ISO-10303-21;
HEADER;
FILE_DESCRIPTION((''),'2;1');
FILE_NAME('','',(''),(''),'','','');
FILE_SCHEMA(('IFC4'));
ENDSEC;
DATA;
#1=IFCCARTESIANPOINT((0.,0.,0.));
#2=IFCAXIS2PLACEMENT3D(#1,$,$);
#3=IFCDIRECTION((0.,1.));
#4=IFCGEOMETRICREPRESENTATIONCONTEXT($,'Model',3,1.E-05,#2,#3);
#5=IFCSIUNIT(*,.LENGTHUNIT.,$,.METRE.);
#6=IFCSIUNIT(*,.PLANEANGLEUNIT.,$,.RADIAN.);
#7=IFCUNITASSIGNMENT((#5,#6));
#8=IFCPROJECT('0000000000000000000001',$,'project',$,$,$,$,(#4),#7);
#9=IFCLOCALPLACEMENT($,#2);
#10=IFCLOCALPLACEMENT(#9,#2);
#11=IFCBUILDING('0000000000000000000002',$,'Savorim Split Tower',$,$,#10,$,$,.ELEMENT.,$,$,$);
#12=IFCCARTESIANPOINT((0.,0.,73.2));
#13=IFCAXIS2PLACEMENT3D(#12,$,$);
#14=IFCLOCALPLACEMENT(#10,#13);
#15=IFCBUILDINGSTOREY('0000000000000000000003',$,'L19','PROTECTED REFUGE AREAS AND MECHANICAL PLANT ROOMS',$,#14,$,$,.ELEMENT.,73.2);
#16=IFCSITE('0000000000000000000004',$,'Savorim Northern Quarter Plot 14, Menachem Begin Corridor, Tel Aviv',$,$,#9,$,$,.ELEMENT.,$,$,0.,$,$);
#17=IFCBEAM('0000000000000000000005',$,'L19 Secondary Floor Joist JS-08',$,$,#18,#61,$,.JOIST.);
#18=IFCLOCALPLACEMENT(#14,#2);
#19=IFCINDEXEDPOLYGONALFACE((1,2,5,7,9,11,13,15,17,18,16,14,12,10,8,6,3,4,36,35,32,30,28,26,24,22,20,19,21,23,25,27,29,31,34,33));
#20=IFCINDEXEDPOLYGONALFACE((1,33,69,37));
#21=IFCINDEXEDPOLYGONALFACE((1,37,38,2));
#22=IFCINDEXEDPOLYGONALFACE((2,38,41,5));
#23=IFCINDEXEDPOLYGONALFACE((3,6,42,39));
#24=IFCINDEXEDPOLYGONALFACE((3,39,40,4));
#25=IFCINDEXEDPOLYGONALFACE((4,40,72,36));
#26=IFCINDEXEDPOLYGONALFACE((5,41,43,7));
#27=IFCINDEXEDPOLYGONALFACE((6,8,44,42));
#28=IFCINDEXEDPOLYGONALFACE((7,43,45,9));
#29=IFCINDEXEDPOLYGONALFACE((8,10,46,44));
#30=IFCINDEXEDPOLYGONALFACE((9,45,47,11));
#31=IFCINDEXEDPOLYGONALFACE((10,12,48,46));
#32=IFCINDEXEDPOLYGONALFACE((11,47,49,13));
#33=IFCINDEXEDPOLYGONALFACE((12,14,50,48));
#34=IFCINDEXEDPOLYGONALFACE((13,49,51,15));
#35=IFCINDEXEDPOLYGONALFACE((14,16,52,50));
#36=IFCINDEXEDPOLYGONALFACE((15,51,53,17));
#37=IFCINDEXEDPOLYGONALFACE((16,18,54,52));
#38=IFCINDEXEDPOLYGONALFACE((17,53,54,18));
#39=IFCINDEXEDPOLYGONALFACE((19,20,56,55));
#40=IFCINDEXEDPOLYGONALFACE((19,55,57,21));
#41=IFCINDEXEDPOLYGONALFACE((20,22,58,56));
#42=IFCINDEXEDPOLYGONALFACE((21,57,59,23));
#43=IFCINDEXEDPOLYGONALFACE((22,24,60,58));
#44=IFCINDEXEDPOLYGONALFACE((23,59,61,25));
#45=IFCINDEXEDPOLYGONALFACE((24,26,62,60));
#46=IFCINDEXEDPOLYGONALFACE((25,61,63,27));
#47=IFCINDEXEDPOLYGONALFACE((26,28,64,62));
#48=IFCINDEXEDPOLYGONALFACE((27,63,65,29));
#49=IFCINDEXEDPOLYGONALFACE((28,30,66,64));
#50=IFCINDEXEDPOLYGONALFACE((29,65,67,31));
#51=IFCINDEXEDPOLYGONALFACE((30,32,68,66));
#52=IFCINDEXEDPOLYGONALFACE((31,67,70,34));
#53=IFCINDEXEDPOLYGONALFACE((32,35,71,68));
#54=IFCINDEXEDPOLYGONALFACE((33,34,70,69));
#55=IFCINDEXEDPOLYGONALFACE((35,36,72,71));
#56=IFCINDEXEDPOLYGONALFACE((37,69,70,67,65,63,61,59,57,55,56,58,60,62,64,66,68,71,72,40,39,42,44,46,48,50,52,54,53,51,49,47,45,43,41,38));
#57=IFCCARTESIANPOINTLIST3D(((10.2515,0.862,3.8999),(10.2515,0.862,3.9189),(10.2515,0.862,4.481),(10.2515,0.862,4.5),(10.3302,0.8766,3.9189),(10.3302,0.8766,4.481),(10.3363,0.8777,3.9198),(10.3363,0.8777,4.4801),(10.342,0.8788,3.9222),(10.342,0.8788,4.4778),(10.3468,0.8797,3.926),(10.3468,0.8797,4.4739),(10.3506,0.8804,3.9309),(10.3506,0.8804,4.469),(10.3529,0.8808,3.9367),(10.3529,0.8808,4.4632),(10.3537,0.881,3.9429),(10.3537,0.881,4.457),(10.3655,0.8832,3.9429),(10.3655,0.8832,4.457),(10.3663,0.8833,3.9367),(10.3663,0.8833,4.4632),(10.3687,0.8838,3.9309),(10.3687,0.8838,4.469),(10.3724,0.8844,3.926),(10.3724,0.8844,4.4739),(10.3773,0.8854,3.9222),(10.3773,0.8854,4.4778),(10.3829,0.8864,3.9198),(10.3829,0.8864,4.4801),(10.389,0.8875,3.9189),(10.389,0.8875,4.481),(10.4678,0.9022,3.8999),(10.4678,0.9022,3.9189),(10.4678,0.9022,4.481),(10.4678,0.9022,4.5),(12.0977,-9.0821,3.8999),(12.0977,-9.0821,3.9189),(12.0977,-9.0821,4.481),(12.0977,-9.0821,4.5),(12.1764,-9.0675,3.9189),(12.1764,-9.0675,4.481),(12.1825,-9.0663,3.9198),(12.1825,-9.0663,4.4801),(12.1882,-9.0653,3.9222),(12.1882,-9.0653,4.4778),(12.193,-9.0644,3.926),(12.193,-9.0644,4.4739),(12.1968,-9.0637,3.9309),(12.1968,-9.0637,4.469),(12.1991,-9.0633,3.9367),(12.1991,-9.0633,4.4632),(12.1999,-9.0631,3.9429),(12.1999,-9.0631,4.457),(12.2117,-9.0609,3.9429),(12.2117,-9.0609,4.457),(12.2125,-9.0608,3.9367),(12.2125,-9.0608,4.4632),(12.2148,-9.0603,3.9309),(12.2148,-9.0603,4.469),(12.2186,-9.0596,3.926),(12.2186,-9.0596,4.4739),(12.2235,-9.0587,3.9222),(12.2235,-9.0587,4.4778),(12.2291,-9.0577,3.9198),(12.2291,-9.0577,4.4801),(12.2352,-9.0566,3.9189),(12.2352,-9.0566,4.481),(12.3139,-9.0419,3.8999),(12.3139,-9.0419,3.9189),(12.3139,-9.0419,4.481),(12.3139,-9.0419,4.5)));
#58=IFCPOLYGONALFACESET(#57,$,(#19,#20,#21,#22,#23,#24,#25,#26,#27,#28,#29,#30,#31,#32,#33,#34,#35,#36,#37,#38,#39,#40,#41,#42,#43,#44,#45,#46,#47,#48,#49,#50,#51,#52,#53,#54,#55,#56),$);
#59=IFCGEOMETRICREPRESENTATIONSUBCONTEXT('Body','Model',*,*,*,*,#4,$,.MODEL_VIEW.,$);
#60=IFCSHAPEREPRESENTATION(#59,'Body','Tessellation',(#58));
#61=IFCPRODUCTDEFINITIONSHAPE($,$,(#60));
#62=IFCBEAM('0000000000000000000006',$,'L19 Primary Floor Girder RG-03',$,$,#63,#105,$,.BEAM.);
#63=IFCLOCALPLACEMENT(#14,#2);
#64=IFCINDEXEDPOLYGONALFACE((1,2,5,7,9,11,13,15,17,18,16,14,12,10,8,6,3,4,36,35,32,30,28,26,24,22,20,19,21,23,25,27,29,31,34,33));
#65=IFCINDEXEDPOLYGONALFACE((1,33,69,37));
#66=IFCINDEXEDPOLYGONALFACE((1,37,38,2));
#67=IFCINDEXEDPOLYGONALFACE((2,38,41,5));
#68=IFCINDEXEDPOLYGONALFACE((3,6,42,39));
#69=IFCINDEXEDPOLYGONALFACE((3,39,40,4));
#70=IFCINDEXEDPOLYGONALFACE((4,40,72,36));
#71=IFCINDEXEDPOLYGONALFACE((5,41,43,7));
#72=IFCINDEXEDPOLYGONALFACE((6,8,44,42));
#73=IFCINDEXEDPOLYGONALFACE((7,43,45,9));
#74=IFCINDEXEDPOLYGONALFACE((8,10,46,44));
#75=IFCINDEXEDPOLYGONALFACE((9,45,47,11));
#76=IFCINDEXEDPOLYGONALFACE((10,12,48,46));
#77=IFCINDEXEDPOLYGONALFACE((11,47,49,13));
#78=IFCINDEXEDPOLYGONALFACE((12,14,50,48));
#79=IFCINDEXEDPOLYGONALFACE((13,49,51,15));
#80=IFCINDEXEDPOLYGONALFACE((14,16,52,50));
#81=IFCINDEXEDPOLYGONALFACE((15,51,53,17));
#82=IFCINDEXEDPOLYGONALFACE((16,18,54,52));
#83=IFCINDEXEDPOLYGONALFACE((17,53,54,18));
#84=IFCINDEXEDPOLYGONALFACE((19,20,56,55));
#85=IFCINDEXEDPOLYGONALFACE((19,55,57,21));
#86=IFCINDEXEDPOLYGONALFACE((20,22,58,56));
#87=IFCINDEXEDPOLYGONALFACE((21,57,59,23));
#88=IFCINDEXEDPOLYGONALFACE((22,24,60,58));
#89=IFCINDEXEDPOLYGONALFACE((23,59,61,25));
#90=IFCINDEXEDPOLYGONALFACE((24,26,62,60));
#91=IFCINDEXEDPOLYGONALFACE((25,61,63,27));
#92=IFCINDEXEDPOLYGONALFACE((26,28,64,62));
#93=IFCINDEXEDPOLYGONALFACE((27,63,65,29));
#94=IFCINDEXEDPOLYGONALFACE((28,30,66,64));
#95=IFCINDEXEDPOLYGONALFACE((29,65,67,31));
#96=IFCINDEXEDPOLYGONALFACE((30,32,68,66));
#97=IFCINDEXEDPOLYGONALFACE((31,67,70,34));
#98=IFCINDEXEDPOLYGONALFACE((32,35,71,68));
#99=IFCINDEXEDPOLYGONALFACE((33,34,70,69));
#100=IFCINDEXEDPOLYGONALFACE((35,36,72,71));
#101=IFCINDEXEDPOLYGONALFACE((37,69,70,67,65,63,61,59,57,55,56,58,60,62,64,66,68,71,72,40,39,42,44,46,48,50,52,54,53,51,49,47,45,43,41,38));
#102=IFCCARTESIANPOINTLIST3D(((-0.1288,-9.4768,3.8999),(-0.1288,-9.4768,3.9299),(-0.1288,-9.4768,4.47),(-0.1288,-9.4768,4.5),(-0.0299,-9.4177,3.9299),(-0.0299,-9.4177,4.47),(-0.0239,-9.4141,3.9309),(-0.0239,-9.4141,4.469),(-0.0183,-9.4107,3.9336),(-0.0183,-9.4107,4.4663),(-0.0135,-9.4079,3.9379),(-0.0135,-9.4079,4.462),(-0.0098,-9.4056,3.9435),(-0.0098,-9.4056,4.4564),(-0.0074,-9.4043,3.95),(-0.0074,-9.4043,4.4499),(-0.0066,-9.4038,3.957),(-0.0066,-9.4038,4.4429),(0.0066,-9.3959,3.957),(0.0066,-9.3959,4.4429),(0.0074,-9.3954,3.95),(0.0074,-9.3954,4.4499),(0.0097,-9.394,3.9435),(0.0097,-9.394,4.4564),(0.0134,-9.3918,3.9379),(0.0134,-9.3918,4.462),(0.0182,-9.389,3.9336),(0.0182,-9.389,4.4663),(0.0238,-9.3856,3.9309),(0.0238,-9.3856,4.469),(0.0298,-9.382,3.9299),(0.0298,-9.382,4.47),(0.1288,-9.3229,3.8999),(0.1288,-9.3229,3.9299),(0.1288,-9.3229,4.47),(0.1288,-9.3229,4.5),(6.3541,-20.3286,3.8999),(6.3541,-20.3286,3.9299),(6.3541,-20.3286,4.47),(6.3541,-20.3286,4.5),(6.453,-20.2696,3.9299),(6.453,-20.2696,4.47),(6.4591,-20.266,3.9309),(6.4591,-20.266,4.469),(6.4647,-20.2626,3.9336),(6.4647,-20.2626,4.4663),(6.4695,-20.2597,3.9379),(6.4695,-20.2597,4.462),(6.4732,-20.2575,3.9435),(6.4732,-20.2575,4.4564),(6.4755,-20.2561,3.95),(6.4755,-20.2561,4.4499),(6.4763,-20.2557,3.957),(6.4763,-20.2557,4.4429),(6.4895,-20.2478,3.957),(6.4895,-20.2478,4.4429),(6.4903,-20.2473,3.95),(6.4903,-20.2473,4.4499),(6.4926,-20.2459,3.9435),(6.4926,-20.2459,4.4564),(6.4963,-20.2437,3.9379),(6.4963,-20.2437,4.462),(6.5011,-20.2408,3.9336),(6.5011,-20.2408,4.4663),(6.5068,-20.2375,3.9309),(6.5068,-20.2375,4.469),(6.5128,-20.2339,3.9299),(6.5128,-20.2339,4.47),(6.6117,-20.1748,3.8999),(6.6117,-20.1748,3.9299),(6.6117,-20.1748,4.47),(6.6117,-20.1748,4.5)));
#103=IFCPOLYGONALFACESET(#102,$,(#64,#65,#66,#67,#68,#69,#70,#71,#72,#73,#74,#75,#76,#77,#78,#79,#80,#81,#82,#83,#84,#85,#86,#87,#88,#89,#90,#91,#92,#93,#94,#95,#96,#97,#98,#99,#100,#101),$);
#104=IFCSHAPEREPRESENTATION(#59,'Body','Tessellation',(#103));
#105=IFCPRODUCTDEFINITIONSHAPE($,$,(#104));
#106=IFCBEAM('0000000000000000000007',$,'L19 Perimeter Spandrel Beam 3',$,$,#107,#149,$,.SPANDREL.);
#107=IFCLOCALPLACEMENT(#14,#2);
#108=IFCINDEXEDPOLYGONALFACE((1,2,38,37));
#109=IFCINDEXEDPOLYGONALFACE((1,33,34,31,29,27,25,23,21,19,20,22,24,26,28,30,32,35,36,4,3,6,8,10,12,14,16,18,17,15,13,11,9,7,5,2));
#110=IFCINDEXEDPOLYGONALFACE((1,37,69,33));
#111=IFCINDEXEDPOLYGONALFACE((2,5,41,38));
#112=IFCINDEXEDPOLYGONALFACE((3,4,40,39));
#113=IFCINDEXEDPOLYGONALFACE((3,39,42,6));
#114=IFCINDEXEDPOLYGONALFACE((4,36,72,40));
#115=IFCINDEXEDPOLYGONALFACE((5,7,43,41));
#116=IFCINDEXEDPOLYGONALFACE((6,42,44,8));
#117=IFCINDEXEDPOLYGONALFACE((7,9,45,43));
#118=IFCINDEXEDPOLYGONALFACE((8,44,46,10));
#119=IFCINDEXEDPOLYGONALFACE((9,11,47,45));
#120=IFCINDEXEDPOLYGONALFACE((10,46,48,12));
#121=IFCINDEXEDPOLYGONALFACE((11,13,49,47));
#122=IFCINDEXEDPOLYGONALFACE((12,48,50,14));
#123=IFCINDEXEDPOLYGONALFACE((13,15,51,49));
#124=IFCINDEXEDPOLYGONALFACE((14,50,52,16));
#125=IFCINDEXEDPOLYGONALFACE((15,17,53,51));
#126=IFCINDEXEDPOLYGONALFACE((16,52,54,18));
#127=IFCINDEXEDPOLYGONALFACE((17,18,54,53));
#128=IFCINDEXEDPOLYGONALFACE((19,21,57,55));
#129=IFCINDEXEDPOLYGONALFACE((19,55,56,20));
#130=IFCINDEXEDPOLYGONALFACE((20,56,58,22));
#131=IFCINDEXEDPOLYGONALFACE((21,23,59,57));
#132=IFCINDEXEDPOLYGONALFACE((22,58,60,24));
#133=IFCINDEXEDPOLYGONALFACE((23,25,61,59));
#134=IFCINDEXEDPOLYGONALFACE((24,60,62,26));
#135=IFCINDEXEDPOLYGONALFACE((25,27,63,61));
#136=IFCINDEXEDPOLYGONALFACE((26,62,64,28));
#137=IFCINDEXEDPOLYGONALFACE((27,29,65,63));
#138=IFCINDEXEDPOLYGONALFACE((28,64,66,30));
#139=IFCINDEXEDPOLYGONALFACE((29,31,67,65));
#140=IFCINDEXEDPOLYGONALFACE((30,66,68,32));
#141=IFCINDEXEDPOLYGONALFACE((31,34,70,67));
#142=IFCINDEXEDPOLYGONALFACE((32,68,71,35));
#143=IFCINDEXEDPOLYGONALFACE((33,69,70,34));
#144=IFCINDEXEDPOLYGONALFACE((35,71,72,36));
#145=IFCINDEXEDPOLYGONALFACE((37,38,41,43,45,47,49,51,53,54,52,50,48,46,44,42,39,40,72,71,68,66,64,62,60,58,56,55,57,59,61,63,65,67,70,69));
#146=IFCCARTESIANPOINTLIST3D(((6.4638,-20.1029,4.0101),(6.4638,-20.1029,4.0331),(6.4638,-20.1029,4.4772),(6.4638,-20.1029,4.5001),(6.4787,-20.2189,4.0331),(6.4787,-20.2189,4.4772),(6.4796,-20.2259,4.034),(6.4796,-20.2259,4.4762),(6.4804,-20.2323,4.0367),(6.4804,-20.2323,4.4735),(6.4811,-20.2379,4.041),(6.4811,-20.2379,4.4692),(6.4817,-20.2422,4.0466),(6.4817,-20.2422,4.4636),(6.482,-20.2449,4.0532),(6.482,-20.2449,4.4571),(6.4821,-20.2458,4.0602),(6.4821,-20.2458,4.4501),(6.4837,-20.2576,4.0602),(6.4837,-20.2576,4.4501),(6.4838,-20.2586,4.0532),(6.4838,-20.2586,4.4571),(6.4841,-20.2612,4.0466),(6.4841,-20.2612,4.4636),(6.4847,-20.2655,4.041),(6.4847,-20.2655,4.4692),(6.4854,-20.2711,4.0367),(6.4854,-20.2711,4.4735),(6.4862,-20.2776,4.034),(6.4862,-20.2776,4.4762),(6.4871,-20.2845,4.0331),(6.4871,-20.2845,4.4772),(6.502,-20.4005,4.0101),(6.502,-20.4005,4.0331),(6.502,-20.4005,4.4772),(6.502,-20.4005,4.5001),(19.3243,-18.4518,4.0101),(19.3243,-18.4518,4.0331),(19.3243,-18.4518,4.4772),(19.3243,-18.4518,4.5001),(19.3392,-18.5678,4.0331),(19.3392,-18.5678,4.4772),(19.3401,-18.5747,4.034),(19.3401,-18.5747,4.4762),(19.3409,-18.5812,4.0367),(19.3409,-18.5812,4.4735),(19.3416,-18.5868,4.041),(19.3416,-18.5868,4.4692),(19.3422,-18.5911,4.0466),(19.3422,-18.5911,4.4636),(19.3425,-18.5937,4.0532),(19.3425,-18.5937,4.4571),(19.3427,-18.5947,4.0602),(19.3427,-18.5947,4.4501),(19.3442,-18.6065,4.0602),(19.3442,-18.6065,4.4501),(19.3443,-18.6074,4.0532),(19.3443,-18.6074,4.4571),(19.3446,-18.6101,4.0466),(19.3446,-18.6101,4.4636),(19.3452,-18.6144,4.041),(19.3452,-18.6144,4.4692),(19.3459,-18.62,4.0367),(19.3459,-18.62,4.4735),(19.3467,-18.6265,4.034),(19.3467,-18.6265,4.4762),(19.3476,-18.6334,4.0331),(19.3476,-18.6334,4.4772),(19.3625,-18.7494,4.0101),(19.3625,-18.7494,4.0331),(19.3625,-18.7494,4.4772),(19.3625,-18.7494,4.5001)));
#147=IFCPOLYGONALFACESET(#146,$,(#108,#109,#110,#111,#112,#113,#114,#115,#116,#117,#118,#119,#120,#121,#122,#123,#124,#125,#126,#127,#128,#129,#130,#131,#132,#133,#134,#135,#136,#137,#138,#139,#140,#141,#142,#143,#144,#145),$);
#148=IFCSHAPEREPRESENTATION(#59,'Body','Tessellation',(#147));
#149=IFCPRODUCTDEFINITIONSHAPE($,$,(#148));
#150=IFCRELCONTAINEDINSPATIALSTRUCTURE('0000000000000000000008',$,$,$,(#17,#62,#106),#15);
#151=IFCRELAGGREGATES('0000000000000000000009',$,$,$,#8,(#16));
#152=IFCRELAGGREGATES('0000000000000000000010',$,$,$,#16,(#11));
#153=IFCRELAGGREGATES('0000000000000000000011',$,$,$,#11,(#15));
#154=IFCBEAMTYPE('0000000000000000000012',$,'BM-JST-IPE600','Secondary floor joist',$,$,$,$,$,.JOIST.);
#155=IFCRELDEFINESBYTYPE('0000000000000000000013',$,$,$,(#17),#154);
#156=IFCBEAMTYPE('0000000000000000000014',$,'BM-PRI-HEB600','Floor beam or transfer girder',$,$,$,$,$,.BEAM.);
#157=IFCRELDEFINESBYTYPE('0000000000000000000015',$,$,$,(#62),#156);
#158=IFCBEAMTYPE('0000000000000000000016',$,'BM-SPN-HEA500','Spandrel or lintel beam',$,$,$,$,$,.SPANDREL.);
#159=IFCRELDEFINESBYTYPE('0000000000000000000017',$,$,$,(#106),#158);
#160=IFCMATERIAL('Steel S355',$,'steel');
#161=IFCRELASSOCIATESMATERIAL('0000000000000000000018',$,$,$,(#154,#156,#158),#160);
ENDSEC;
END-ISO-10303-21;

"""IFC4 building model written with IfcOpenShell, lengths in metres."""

from ifc_helpers import new_model, si_unit, direction, frame, origin, origin_2d, place, context, subcontext, project, spatial, i_section, extrude, material, material_profile, profile_set, type_object, element, save


model = new_model("IFC4")

# Units and contexts
model_context = context("Model", 3, precision=1e-05, world=origin(), true_north=direction((0.0, 1.0)))
body_context = subcontext(model_context, "Body", "Model", "MODEL_VIEW")
ifc_project = project(units=[si_unit("LENGTHUNIT", "METRE"), si_unit("PLANEANGLEUNIT", "RADIAN")], contexts=[model_context])

# Site, building, storey
site_placement = place(None, origin())
site = spatial("IfcSite", under=ifc_project, at=site_placement, Name="Savorim Northern Quarter Plot 14, Menachem Begin Corridor, Tel Aviv", CompositionType="ELEMENT", RefElevation=0.0)
building_placement = place(site_placement, origin())
building = spatial("IfcBuilding", under=site, at=building_placement, Name="Savorim Split Tower", CompositionType="ELEMENT")
storey_placement = place(building_placement, frame((0.0, 0.0, 73.2)))
storey = spatial("IfcBuildingStorey", under=building, at=storey_placement, Name="L19", Description="PROTECTED REFUGE AREAS AND MECHANICAL PLANT ROOMS", CompositionType="ELEMENT", Elevation=73.2)

# Beams
ifc_material_1 = material(Name="Steel S355", Category="steel")
ifc_material_profile_1 = material_profile(ifc_material_1, i_section(OverallWidth=0.22, OverallDepth=0.6001, WebThickness=0.012, FlangeThickness=0.019, FilletRadius=0.0239, at=origin_2d()), Name="IPE 600")
ifc_profile_set_1 = profile_set([ifc_material_profile_1], Name="Steel S355")
beam_type_1 = type_object("IfcBeamType", Name="BM-JST-IPE600", Description="Secondary floor joist", PredefinedType="JOIST", material=ifc_profile_set_1)
beam_1_placement = place(storey_placement, frame((12.2058, -9.062, 4.2), z_axis=(-0.182538, 0.983199, 0.0), x_axis=(-0.983199, -0.182538, 0.0)))
element("IfcBeam", 1, at=beam_1_placement, inside=storey, type_object=beam_type_1, Name="L19 Secondary Floor Joist JS-08", PredefinedType="JOIST", context=body_context, shape_type="SweptSolid", body=[
    extrude(i_section(OverallWidth=0.22, OverallDepth=0.6001, WebThickness=0.012, FlangeThickness=0.019, FilletRadius=0.0239, at=origin_2d()), origin(), (0.0, 0.0, 1.0), 10.114),
])
ifc_material_profile_2 = material_profile(ifc_material_1, i_section(OverallWidth=0.3, OverallDepth=0.6001, WebThickness=0.0154, FlangeThickness=0.03, FilletRadius=0.0271, at=origin_2d()), Name="HEB 600")
ifc_profile_set_2 = profile_set([ifc_material_profile_2], Name="Steel S355")
beam_type_2 = type_object("IfcBeamType", Name="BM-PRI-HEB600", Description="Floor beam or transfer girder", PredefinedType="BEAM", material=ifc_profile_set_2)
beam_2_placement = place(storey_placement, frame((6.4829, -20.2517, 4.2), z_axis=(-0.512856, 0.858475, 0.0), x_axis=(-0.858475, -0.512856, 0.0)))
element("IfcBeam", 2, at=beam_2_placement, inside=storey, type_object=beam_type_2, Name="L19 Primary Floor Girder RG-03", PredefinedType="BEAM", context=body_context, shape_type="SweptSolid", body=[
    extrude(i_section(OverallWidth=0.3, OverallDepth=0.6001, WebThickness=0.0154, FlangeThickness=0.03, FilletRadius=0.0271, at=origin_2d()), origin(), (0.0, 0.0, 1.0), 12.6409),
])
ifc_material_profile_3 = material_profile(ifc_material_1, i_section(OverallWidth=0.3, OverallDepth=0.49, WebThickness=0.012, FlangeThickness=0.0229, FilletRadius=0.0271, at=origin_2d()), Name="HEA 500")
ifc_profile_set_3 = profile_set([ifc_material_profile_3], Name="Steel S355")
beam_type_3 = type_object("IfcBeamType", Name="BM-SPN-HEA500", Description="Spandrel or lintel beam", PredefinedType="SPANDREL", material=ifc_profile_set_3)
beam_3_placement = place(storey_placement, frame((6.4829, -20.2517, 4.2551), z_axis=(0.991859, 0.127341, 0.0), x_axis=(-0.127341, 0.991859, 0.0)))
element("IfcBeam", 3, at=beam_3_placement, inside=storey, type_object=beam_type_3, Name="L19 Perimeter Spandrel Beam 3", PredefinedType="SPANDREL", context=body_context, shape_type="SweptSolid", body=[
    extrude(i_section(OverallWidth=0.3, OverallDepth=0.49, WebThickness=0.012, FlangeThickness=0.0229, FilletRadius=0.0271, at=origin_2d()), origin(), (0.0, 0.0, 1.0), 12.9661),
])

save(model, "model.ifc")
